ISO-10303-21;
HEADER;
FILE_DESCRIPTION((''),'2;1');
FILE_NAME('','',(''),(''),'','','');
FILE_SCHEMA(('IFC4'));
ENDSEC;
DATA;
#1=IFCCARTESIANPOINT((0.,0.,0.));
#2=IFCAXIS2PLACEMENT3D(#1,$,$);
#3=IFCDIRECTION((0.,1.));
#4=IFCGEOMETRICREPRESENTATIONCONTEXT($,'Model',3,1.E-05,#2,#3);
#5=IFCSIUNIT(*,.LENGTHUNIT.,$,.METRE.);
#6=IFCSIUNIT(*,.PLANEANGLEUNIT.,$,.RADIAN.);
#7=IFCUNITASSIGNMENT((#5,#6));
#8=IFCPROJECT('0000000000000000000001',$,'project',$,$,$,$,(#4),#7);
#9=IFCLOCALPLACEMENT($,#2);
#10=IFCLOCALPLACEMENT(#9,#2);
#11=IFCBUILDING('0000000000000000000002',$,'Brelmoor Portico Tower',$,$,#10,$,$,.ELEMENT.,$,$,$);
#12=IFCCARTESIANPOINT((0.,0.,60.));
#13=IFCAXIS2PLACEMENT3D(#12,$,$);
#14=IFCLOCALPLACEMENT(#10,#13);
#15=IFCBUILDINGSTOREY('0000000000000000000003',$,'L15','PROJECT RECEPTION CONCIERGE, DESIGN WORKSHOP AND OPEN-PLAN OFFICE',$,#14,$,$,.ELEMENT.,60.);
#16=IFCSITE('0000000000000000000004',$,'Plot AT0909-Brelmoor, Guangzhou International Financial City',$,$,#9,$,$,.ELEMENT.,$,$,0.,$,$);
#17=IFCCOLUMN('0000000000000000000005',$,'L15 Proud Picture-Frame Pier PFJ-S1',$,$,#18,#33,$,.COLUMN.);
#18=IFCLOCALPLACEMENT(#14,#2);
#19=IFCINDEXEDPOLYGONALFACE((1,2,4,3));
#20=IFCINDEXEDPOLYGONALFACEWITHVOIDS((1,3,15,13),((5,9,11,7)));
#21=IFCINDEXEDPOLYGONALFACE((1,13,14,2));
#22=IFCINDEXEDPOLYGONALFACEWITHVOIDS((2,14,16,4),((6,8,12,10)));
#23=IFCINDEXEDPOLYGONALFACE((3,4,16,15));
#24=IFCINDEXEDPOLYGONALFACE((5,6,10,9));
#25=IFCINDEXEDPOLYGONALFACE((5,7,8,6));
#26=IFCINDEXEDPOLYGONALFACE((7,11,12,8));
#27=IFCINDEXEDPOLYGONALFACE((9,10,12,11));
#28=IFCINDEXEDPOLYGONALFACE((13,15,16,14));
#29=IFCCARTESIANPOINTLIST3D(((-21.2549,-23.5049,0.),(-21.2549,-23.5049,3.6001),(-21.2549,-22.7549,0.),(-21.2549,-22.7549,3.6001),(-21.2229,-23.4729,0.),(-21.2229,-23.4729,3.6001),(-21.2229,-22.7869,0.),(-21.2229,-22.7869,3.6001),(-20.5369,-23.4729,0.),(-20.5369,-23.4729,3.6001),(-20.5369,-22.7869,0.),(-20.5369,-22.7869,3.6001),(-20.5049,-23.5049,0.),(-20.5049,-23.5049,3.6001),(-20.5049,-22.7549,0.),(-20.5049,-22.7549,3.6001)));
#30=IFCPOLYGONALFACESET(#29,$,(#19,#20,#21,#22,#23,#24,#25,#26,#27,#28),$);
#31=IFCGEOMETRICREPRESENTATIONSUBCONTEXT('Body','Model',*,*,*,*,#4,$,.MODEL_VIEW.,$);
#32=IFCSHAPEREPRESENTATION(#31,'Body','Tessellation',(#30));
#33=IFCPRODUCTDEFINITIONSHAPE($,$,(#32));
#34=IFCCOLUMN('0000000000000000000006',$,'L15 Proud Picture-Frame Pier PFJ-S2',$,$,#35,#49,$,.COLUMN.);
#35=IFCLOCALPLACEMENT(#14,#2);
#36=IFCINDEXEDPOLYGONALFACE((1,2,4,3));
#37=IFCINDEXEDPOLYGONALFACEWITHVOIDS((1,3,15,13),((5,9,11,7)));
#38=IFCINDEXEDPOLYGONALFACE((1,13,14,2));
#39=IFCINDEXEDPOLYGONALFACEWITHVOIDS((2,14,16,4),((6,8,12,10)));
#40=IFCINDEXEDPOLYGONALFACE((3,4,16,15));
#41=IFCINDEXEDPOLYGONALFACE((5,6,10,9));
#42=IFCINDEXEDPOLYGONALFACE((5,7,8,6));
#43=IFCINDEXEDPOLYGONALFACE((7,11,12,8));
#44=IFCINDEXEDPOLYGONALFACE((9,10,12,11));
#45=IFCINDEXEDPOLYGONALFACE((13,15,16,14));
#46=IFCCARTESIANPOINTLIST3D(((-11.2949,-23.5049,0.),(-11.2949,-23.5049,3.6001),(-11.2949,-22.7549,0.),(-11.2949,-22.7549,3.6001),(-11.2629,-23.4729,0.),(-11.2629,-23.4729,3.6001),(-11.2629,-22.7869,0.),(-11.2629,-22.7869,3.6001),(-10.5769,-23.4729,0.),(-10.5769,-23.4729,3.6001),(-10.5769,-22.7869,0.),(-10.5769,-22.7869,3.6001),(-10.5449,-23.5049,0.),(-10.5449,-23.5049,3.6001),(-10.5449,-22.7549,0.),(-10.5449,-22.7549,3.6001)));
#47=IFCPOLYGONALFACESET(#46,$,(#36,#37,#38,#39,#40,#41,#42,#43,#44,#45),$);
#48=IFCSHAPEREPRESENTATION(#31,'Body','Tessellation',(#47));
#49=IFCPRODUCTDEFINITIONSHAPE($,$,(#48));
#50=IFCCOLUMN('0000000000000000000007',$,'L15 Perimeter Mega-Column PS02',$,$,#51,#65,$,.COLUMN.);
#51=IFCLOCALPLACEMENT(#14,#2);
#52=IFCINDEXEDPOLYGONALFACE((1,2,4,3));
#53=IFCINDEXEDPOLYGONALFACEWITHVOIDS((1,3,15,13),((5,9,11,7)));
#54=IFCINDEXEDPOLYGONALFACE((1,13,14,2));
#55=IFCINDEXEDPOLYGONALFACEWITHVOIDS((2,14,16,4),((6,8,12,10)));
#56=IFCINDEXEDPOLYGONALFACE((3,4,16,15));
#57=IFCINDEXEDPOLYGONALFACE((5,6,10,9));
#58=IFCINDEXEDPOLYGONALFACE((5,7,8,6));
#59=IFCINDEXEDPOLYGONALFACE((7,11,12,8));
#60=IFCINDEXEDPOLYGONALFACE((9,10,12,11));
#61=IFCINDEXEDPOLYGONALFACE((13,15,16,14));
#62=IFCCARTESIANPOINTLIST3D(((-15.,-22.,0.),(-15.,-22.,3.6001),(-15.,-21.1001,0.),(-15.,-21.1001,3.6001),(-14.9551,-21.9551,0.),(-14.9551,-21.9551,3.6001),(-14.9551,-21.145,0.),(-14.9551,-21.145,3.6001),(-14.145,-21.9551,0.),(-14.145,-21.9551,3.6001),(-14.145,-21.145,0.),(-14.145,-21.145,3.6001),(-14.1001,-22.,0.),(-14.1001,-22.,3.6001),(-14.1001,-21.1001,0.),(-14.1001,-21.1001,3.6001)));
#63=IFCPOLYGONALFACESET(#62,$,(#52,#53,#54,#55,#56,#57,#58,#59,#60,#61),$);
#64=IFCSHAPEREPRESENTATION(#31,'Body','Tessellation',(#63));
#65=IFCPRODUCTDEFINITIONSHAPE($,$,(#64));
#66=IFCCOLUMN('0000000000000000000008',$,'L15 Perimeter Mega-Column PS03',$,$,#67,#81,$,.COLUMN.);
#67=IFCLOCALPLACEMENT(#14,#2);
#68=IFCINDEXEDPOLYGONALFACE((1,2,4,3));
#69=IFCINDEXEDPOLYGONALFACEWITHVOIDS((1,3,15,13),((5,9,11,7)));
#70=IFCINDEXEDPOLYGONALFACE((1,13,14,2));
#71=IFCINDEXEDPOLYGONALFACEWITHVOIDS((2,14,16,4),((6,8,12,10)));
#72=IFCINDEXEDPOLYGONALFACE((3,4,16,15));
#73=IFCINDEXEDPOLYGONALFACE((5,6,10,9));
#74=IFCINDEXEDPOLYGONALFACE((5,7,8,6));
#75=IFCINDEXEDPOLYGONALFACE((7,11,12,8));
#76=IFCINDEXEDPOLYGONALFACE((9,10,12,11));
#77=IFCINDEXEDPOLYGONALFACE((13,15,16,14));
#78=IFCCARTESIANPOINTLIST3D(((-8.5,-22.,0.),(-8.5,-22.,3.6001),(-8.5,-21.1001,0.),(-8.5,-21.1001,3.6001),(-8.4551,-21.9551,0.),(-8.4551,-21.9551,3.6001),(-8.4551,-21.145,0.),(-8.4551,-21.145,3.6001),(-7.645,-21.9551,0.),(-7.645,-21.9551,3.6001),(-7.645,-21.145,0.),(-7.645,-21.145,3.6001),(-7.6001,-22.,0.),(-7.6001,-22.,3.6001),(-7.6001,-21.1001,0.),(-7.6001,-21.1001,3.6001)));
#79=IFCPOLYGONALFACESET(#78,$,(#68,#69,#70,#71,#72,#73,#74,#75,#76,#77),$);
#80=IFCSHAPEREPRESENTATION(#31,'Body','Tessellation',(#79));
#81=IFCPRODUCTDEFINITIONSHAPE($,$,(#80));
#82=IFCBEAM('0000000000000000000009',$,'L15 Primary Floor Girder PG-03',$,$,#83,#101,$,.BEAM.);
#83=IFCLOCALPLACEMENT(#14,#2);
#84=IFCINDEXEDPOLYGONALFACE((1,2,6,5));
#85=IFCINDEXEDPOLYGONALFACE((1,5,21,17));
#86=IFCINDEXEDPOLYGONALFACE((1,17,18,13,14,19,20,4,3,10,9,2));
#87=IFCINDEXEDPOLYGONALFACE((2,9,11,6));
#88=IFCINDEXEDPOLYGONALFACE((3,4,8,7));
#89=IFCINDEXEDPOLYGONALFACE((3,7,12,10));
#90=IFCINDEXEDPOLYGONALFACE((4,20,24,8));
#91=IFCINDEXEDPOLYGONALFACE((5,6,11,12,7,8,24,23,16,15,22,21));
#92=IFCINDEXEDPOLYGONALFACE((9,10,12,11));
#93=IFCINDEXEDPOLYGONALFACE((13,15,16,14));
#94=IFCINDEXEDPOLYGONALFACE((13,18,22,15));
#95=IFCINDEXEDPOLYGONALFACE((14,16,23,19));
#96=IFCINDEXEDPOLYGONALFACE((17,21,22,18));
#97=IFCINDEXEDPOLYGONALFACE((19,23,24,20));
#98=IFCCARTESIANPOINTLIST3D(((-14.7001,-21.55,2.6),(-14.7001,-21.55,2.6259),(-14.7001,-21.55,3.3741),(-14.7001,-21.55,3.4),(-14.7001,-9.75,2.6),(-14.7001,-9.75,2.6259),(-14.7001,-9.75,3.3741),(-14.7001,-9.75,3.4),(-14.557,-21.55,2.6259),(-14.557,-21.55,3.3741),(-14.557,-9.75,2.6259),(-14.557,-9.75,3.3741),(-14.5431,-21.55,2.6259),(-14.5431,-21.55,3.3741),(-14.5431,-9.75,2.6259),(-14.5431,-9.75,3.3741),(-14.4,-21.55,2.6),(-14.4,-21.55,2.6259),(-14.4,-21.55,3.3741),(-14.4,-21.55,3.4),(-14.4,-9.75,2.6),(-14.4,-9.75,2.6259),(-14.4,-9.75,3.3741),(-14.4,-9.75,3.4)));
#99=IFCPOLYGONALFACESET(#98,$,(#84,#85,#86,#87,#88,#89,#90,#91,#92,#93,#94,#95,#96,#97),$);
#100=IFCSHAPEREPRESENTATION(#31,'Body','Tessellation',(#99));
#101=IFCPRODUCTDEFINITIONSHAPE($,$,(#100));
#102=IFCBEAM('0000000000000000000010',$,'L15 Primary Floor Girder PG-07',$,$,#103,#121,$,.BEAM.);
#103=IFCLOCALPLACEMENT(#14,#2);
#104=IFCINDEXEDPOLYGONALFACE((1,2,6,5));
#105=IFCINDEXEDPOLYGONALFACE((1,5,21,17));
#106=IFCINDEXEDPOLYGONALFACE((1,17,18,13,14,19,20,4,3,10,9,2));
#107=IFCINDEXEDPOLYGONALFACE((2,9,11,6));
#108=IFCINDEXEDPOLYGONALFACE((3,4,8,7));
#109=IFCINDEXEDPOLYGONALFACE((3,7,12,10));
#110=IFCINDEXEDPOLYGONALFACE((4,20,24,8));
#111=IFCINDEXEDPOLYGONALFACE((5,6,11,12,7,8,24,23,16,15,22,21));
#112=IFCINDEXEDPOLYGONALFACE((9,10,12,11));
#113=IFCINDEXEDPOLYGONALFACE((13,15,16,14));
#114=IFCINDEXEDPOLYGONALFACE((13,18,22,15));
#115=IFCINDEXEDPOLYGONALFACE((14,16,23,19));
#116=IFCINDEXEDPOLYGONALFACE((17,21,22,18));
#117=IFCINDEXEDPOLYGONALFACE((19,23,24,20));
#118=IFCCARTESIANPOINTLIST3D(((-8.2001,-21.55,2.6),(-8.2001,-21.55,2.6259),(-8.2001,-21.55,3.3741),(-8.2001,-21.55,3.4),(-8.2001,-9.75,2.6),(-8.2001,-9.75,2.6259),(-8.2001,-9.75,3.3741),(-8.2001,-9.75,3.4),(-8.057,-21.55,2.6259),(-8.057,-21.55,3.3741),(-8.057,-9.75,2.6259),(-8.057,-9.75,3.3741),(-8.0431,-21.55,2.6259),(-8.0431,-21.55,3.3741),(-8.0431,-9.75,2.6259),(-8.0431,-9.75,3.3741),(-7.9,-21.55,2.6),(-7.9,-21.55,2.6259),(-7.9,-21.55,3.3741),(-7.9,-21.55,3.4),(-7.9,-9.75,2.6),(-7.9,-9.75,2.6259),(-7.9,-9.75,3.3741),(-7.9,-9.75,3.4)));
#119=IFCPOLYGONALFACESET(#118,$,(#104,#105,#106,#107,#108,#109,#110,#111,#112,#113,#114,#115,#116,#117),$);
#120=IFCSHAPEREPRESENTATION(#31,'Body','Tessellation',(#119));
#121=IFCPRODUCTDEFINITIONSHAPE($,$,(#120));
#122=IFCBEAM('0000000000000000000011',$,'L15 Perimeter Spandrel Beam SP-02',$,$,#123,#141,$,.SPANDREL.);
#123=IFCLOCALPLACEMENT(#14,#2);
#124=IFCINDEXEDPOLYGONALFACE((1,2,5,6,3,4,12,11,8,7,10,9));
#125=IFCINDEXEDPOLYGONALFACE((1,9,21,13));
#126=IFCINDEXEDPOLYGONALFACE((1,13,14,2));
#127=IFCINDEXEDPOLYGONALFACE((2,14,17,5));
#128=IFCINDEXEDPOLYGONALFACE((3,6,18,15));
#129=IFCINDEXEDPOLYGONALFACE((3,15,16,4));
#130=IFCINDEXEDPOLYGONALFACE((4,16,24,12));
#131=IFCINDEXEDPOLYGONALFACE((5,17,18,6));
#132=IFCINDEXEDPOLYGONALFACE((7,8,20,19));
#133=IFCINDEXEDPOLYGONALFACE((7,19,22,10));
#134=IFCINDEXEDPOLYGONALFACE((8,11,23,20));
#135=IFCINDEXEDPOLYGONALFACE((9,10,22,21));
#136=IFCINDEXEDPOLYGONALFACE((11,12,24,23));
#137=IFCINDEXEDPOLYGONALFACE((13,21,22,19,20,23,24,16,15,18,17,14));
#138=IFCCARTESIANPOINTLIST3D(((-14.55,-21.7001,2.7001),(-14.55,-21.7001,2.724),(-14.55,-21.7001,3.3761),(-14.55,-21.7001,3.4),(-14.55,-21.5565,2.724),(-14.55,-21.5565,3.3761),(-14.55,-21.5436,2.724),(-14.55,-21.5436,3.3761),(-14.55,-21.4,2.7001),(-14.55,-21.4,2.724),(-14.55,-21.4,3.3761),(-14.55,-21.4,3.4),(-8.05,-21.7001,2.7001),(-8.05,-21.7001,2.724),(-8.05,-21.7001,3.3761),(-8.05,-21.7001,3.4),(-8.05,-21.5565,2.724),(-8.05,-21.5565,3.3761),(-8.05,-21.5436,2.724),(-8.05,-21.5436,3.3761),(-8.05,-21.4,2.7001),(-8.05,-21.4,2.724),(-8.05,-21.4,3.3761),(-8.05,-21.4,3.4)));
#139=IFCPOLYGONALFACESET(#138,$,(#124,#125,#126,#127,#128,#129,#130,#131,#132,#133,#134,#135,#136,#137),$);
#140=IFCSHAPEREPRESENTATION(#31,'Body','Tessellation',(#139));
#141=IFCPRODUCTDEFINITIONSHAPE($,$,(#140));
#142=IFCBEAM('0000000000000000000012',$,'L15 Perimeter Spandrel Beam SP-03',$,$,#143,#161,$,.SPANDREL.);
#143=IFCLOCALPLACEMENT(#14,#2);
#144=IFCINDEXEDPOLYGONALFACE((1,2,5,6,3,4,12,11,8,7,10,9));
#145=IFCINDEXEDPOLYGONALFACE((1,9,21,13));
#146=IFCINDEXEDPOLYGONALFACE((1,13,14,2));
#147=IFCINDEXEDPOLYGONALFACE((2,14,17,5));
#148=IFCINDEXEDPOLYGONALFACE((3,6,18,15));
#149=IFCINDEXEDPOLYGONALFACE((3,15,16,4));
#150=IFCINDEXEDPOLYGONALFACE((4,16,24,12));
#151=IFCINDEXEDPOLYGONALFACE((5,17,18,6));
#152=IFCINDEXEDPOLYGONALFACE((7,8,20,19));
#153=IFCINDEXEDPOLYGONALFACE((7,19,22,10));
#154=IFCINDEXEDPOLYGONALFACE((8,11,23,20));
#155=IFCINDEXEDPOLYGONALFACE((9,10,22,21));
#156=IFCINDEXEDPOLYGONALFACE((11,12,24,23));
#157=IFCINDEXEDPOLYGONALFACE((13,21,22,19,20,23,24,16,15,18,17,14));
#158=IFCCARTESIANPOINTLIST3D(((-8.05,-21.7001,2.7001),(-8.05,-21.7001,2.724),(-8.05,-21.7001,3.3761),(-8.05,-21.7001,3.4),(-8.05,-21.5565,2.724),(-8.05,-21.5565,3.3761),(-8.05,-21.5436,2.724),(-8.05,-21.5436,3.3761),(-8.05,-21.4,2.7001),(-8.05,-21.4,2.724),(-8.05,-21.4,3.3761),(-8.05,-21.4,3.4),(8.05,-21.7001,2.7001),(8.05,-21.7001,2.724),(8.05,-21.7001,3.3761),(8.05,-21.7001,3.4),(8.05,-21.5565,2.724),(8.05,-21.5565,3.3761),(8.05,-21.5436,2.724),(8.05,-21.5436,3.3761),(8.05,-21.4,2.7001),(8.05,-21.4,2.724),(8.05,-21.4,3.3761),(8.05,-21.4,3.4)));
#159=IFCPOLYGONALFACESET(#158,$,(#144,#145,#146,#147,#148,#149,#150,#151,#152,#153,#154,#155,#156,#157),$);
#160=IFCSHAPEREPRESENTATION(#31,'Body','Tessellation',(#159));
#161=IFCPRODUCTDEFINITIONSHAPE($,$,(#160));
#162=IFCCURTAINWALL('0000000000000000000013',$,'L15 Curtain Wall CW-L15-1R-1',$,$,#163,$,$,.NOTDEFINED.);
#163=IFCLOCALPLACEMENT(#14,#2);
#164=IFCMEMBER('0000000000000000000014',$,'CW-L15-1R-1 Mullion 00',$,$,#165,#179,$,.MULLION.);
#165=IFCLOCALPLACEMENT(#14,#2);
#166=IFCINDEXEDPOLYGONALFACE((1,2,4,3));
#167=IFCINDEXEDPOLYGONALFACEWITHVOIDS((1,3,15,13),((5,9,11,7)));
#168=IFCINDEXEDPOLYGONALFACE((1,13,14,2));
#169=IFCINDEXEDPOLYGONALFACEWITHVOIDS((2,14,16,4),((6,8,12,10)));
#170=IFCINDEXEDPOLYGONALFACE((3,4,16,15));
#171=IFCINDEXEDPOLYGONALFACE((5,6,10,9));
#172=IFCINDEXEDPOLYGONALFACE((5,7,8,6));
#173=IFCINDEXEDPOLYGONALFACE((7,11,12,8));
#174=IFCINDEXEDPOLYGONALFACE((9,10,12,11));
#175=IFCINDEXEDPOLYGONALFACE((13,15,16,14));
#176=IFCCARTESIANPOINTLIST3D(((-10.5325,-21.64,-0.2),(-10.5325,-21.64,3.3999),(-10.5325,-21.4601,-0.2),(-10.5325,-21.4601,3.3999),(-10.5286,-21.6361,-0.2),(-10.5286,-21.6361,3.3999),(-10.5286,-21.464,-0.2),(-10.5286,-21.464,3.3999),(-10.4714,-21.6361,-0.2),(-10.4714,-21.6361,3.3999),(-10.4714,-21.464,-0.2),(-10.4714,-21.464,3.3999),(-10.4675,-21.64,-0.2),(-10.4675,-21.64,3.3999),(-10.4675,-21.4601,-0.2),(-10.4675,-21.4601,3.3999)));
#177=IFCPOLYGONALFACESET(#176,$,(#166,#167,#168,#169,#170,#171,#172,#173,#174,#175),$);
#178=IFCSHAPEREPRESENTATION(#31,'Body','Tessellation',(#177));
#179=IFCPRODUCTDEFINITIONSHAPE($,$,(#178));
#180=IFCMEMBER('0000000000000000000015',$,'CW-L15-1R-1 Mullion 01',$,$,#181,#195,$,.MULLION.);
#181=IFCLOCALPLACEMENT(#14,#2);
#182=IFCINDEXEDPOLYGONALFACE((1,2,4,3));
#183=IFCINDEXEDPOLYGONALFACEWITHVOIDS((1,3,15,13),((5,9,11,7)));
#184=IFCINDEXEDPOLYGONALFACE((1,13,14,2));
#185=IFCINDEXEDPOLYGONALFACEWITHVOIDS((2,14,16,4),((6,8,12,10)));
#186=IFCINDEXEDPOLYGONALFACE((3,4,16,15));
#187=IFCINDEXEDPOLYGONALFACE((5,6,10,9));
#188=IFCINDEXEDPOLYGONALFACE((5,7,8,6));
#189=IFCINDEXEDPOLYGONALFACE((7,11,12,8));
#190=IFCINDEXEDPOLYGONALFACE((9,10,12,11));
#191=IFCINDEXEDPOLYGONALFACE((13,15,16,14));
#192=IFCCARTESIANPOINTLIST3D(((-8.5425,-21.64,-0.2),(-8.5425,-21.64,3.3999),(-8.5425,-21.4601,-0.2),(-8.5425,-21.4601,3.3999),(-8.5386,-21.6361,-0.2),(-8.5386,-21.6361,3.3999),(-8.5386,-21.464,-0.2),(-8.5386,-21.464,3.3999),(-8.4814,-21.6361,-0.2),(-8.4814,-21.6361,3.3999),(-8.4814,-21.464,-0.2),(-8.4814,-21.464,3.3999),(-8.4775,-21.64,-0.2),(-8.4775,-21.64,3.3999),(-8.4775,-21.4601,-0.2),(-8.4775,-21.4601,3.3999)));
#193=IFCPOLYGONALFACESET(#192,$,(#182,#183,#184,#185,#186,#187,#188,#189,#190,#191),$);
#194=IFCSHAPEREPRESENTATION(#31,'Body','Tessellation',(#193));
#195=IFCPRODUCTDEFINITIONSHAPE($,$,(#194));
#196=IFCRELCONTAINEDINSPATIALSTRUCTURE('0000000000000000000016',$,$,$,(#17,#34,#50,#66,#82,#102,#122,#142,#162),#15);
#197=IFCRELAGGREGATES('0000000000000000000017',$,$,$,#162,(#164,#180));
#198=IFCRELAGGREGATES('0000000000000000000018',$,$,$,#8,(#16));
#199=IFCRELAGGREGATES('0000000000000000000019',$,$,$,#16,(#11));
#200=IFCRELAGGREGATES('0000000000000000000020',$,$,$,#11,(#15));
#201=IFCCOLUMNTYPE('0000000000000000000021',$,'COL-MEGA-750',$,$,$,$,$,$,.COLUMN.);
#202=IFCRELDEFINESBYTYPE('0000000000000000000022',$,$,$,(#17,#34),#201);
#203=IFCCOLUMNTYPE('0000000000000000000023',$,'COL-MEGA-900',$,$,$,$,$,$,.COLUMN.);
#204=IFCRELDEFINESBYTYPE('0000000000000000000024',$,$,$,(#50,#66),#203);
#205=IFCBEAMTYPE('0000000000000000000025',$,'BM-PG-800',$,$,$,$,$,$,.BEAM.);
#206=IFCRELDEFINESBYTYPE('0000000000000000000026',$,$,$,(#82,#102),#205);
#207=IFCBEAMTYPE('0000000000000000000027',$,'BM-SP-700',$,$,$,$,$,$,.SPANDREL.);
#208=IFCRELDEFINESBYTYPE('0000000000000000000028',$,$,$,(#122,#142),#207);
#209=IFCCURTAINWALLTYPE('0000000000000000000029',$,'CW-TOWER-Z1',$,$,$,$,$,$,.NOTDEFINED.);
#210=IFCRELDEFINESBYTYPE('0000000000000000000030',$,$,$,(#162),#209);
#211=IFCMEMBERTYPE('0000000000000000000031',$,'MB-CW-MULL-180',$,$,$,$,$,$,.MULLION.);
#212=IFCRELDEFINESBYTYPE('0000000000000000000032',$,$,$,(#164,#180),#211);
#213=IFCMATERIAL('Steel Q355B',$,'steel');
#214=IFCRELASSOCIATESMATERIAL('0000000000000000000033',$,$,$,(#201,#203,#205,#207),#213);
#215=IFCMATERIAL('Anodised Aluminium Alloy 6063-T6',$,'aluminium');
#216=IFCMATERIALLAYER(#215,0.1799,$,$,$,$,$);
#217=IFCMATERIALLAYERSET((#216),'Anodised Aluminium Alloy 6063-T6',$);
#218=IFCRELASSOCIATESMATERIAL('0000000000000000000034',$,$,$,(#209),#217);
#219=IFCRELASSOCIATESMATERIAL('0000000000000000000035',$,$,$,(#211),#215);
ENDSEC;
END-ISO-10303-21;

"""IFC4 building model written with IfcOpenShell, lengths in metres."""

from ifc_helpers import new_model, si_unit, direction, frame, origin, origin_2d, place, context, subcontext, project, spatial, hollow_rectangle, i_section, extrude, material, layer, layer_set, material_profile, profile_set, type_object, element, aggregate, save


model = new_model("IFC4")

# Units and contexts
model_context = context("Model", 3, precision=1e-05, world=origin(), true_north=direction((0.0, 1.0)))
body_context = subcontext(model_context, "Body", "Model", "MODEL_VIEW")
ifc_project = project(units=[si_unit("LENGTHUNIT", "METRE"), si_unit("PLANEANGLEUNIT", "RADIAN")], contexts=[model_context])

# Site, building, storey
site_placement = place(None, origin())
site = spatial("IfcSite", under=ifc_project, at=site_placement, Name="Plot AT0909-Brelmoor, Guangzhou International Financial City", CompositionType="ELEMENT", RefElevation=0.0)
building_placement = place(site_placement, origin())
building = spatial("IfcBuilding", under=site, at=building_placement, Name="Brelmoor Portico Tower", CompositionType="ELEMENT")
storey_placement = place(building_placement, frame((0.0, 0.0, 60.0)))
storey = spatial("IfcBuildingStorey", under=building, at=storey_placement, Name="L15", Description="PROJECT RECEPTION CONCIERGE, DESIGN WORKSHOP AND OPEN-PLAN OFFICE", CompositionType="ELEMENT", Elevation=60.0)

# Columns
ifc_material_1 = material(Name="Steel Q355B", Category="steel")
ifc_material_profile_1 = material_profile(ifc_material_1, hollow_rectangle(XDim=0.75, YDim=0.75, WallThickness=0.032, at=origin_2d()), Name="BOX 750x750x32")
ifc_profile_set_1 = profile_set([ifc_material_profile_1], Name="Steel Q355B")
column_type_1 = type_object("IfcColumnType", Name="COL-MEGA-750", PredefinedType="COLUMN", material=ifc_profile_set_1)
for number, where, z_axis, x_axis, name in (
    (1, (-20.8799, -23.1299, 0.0), (0.0, 0.0, 1.0), (1.0, 0.0, 0.0), "L15 Proud Picture-Frame Pier PFJ-S1"),
    (2, (-10.9199, -23.1299, 0.0), (0.0, 0.0, 1.0), (1.0, 0.0, 0.0), "L15 Proud Picture-Frame Pier PFJ-S2"),
):
    element("IfcColumn", number, at=place(storey_placement, frame(where, z_axis=z_axis, x_axis=x_axis)), inside=storey, type_object=column_type_1, Name=name, PredefinedType="COLUMN", context=body_context, shape_type="SweptSolid", body=[
        extrude(hollow_rectangle(XDim=0.75, YDim=0.75, WallThickness=0.032, at=origin_2d()), origin(), (0.0, 0.0, 1.0), 3.6001),
    ])
ifc_material_profile_2 = material_profile(ifc_material_1, hollow_rectangle(XDim=0.8999, YDim=0.8999, WallThickness=0.0449, at=origin_2d()), Name="BOX 900x900x45")
ifc_profile_set_2 = profile_set([ifc_material_profile_2], Name="Steel Q355B")
column_type_2 = type_object("IfcColumnType", Name="COL-MEGA-900", PredefinedType="COLUMN", material=ifc_profile_set_2)
for number, where, z_axis, x_axis, name in (
    (3, (-14.55, -21.55, 0.0), (0.0, 0.0, 1.0), (1.0, 0.0, 0.0), "L15 Perimeter Mega-Column PS02"),
    (4, (-8.05, -21.55, 0.0), (0.0, 0.0, 1.0), (1.0, 0.0, 0.0), "L15 Perimeter Mega-Column PS03"),
):
    element("IfcColumn", number, at=place(storey_placement, frame(where, z_axis=z_axis, x_axis=x_axis)), inside=storey, type_object=column_type_2, Name=name, PredefinedType="COLUMN", context=body_context, shape_type="SweptSolid", body=[
        extrude(hollow_rectangle(XDim=0.8999, YDim=0.8999, WallThickness=0.0449, at=origin_2d()), origin(), (0.0, 0.0, 1.0), 3.6001),
    ])

# Beams
ifc_material_profile_3 = material_profile(ifc_material_1, i_section(OverallWidth=0.3, OverallDepth=0.8, WebThickness=0.0139, FlangeThickness=0.0259, at=origin_2d()), Name="HN 800x300x14x26")
ifc_profile_set_3 = profile_set([ifc_material_profile_3], Name="Steel Q355B")
beam_type_1 = type_object("IfcBeamType", Name="BM-PG-800", PredefinedType="BEAM", material=ifc_profile_set_3)
for number, where, z_axis, x_axis, name in (
    (5, (-14.55, -21.55, 3.0), (0.0, 1.0, 0.0), (-1.0, 0.0, 0.0), "L15 Primary Floor Girder PG-03"),
    (6, (-8.05, -21.55, 3.0), (0.0, 1.0, 0.0), (-1.0, 0.0, 0.0), "L15 Primary Floor Girder PG-07"),
):
    element("IfcBeam", number, at=place(storey_placement, frame(where, z_axis=z_axis, x_axis=x_axis)), inside=storey, type_object=beam_type_1, Name=name, PredefinedType="BEAM", context=body_context, shape_type="SweptSolid", body=[
        extrude(i_section(OverallWidth=0.3, OverallDepth=0.8, WebThickness=0.0139, FlangeThickness=0.0259, at=origin_2d()), origin(), (0.0, 0.0, 1.0), 11.8),
    ])
ifc_material_profile_4 = material_profile(ifc_material_1, i_section(OverallWidth=0.3, OverallDepth=0.7, WebThickness=0.0129, FlangeThickness=0.0239, at=origin_2d()), Name="HN 700x300x13x24")
ifc_profile_set_4 = profile_set([ifc_material_profile_4], Name="Steel Q355B")
beam_type_2 = type_object("IfcBeamType", Name="BM-SP-700", PredefinedType="SPANDREL", material=ifc_profile_set_4)
beam_1_placement = place(storey_placement, frame((-14.55, -21.55, 3.05), z_axis=(1.0, 0.0, 0.0), x_axis=(0.0, 1.0, 0.0)))
element("IfcBeam", 7, at=beam_1_placement, inside=storey, type_object=beam_type_2, Name="L15 Perimeter Spandrel Beam SP-02", PredefinedType="SPANDREL", context=body_context, shape_type="SweptSolid", body=[
    extrude(i_section(OverallWidth=0.3, OverallDepth=0.7, WebThickness=0.0129, FlangeThickness=0.0239, at=origin_2d()), origin(), (0.0, 0.0, 1.0), 6.5),
])
beam_2_placement = place(storey_placement, frame((-8.05, -21.55, 3.05), z_axis=(1.0, 0.0, 0.0), x_axis=(0.0, 1.0, 0.0)))
element("IfcBeam", 8, at=beam_2_placement, inside=storey, type_object=beam_type_2, Name="L15 Perimeter Spandrel Beam SP-03", PredefinedType="SPANDREL", context=body_context, shape_type="SweptSolid", body=[
    extrude(i_section(OverallWidth=0.3, OverallDepth=0.7, WebThickness=0.0129, FlangeThickness=0.0239, at=origin_2d()), origin(), (0.0, 0.0, 1.0), 16.1001),
])

# Curtain wall, members
ifc_material_2 = material(Name="Anodised Aluminium Alloy 6063-T6", Category="aluminium")
ifc_layer_1 = layer(ifc_material_2, 0.1799)
ifc_layer_set_1 = layer_set([ifc_layer_1], Name="Anodised Aluminium Alloy 6063-T6")
curtain_wall_type_1 = type_object("IfcCurtainWallType", Name="CW-TOWER-Z1", PredefinedType="NOTDEFINED", material=ifc_layer_set_1)
curtain_wall_1_placement = place(storey_placement, origin())
curtain_wall_1 = element("IfcCurtainWall", 9, at=curtain_wall_1_placement, inside=storey, type_object=curtain_wall_type_1, Name="L15 Curtain Wall CW-L15-1R-1", PredefinedType="NOTDEFINED")
ifc_material_profile_5 = material_profile(ifc_material_2, hollow_rectangle(XDim=0.0649, YDim=0.1799, WallThickness=0.0039, at=origin_2d()), Name="ALU MULLION 65x180")
ifc_profile_set_5 = profile_set([ifc_material_profile_5], Name="Anodised Aluminium Alloy 6063-T6")
member_type_1 = type_object("IfcMemberType", Name="MB-CW-MULL-180", PredefinedType="MULLION", material=ifc_profile_set_5)
member_1_placement = place(storey_placement, frame((-10.5, -21.55, -0.2), z_axis=(0.0, 0.0, 1.0), x_axis=(1.0, 0.0, 0.0)))
member_1 = element("IfcMember", 10, at=member_1_placement, type_object=member_type_1, Name="CW-L15-1R-1 Mullion 00", PredefinedType="MULLION", context=body_context, shape_type="SweptSolid", body=[
    extrude(hollow_rectangle(XDim=0.0649, YDim=0.1799, WallThickness=0.0039, at=origin_2d()), origin(), (0.0, 0.0, 1.0), 3.5999),
])
member_2_placement = place(storey_placement, frame((-8.51, -21.55, -0.2), z_axis=(0.0, 0.0, 1.0), x_axis=(1.0, 0.0, 0.0)))
member_2 = element("IfcMember", 11, at=member_2_placement, type_object=member_type_1, Name="CW-L15-1R-1 Mullion 01", PredefinedType="MULLION", context=body_context, shape_type="SweptSolid", body=[
    extrude(hollow_rectangle(XDim=0.0649, YDim=0.1799, WallThickness=0.0039, at=origin_2d()), origin(), (0.0, 0.0, 1.0), 3.5999),
])

aggregate(curtain_wall_1, [member_1, member_2])

save(model, "model.ifc")
